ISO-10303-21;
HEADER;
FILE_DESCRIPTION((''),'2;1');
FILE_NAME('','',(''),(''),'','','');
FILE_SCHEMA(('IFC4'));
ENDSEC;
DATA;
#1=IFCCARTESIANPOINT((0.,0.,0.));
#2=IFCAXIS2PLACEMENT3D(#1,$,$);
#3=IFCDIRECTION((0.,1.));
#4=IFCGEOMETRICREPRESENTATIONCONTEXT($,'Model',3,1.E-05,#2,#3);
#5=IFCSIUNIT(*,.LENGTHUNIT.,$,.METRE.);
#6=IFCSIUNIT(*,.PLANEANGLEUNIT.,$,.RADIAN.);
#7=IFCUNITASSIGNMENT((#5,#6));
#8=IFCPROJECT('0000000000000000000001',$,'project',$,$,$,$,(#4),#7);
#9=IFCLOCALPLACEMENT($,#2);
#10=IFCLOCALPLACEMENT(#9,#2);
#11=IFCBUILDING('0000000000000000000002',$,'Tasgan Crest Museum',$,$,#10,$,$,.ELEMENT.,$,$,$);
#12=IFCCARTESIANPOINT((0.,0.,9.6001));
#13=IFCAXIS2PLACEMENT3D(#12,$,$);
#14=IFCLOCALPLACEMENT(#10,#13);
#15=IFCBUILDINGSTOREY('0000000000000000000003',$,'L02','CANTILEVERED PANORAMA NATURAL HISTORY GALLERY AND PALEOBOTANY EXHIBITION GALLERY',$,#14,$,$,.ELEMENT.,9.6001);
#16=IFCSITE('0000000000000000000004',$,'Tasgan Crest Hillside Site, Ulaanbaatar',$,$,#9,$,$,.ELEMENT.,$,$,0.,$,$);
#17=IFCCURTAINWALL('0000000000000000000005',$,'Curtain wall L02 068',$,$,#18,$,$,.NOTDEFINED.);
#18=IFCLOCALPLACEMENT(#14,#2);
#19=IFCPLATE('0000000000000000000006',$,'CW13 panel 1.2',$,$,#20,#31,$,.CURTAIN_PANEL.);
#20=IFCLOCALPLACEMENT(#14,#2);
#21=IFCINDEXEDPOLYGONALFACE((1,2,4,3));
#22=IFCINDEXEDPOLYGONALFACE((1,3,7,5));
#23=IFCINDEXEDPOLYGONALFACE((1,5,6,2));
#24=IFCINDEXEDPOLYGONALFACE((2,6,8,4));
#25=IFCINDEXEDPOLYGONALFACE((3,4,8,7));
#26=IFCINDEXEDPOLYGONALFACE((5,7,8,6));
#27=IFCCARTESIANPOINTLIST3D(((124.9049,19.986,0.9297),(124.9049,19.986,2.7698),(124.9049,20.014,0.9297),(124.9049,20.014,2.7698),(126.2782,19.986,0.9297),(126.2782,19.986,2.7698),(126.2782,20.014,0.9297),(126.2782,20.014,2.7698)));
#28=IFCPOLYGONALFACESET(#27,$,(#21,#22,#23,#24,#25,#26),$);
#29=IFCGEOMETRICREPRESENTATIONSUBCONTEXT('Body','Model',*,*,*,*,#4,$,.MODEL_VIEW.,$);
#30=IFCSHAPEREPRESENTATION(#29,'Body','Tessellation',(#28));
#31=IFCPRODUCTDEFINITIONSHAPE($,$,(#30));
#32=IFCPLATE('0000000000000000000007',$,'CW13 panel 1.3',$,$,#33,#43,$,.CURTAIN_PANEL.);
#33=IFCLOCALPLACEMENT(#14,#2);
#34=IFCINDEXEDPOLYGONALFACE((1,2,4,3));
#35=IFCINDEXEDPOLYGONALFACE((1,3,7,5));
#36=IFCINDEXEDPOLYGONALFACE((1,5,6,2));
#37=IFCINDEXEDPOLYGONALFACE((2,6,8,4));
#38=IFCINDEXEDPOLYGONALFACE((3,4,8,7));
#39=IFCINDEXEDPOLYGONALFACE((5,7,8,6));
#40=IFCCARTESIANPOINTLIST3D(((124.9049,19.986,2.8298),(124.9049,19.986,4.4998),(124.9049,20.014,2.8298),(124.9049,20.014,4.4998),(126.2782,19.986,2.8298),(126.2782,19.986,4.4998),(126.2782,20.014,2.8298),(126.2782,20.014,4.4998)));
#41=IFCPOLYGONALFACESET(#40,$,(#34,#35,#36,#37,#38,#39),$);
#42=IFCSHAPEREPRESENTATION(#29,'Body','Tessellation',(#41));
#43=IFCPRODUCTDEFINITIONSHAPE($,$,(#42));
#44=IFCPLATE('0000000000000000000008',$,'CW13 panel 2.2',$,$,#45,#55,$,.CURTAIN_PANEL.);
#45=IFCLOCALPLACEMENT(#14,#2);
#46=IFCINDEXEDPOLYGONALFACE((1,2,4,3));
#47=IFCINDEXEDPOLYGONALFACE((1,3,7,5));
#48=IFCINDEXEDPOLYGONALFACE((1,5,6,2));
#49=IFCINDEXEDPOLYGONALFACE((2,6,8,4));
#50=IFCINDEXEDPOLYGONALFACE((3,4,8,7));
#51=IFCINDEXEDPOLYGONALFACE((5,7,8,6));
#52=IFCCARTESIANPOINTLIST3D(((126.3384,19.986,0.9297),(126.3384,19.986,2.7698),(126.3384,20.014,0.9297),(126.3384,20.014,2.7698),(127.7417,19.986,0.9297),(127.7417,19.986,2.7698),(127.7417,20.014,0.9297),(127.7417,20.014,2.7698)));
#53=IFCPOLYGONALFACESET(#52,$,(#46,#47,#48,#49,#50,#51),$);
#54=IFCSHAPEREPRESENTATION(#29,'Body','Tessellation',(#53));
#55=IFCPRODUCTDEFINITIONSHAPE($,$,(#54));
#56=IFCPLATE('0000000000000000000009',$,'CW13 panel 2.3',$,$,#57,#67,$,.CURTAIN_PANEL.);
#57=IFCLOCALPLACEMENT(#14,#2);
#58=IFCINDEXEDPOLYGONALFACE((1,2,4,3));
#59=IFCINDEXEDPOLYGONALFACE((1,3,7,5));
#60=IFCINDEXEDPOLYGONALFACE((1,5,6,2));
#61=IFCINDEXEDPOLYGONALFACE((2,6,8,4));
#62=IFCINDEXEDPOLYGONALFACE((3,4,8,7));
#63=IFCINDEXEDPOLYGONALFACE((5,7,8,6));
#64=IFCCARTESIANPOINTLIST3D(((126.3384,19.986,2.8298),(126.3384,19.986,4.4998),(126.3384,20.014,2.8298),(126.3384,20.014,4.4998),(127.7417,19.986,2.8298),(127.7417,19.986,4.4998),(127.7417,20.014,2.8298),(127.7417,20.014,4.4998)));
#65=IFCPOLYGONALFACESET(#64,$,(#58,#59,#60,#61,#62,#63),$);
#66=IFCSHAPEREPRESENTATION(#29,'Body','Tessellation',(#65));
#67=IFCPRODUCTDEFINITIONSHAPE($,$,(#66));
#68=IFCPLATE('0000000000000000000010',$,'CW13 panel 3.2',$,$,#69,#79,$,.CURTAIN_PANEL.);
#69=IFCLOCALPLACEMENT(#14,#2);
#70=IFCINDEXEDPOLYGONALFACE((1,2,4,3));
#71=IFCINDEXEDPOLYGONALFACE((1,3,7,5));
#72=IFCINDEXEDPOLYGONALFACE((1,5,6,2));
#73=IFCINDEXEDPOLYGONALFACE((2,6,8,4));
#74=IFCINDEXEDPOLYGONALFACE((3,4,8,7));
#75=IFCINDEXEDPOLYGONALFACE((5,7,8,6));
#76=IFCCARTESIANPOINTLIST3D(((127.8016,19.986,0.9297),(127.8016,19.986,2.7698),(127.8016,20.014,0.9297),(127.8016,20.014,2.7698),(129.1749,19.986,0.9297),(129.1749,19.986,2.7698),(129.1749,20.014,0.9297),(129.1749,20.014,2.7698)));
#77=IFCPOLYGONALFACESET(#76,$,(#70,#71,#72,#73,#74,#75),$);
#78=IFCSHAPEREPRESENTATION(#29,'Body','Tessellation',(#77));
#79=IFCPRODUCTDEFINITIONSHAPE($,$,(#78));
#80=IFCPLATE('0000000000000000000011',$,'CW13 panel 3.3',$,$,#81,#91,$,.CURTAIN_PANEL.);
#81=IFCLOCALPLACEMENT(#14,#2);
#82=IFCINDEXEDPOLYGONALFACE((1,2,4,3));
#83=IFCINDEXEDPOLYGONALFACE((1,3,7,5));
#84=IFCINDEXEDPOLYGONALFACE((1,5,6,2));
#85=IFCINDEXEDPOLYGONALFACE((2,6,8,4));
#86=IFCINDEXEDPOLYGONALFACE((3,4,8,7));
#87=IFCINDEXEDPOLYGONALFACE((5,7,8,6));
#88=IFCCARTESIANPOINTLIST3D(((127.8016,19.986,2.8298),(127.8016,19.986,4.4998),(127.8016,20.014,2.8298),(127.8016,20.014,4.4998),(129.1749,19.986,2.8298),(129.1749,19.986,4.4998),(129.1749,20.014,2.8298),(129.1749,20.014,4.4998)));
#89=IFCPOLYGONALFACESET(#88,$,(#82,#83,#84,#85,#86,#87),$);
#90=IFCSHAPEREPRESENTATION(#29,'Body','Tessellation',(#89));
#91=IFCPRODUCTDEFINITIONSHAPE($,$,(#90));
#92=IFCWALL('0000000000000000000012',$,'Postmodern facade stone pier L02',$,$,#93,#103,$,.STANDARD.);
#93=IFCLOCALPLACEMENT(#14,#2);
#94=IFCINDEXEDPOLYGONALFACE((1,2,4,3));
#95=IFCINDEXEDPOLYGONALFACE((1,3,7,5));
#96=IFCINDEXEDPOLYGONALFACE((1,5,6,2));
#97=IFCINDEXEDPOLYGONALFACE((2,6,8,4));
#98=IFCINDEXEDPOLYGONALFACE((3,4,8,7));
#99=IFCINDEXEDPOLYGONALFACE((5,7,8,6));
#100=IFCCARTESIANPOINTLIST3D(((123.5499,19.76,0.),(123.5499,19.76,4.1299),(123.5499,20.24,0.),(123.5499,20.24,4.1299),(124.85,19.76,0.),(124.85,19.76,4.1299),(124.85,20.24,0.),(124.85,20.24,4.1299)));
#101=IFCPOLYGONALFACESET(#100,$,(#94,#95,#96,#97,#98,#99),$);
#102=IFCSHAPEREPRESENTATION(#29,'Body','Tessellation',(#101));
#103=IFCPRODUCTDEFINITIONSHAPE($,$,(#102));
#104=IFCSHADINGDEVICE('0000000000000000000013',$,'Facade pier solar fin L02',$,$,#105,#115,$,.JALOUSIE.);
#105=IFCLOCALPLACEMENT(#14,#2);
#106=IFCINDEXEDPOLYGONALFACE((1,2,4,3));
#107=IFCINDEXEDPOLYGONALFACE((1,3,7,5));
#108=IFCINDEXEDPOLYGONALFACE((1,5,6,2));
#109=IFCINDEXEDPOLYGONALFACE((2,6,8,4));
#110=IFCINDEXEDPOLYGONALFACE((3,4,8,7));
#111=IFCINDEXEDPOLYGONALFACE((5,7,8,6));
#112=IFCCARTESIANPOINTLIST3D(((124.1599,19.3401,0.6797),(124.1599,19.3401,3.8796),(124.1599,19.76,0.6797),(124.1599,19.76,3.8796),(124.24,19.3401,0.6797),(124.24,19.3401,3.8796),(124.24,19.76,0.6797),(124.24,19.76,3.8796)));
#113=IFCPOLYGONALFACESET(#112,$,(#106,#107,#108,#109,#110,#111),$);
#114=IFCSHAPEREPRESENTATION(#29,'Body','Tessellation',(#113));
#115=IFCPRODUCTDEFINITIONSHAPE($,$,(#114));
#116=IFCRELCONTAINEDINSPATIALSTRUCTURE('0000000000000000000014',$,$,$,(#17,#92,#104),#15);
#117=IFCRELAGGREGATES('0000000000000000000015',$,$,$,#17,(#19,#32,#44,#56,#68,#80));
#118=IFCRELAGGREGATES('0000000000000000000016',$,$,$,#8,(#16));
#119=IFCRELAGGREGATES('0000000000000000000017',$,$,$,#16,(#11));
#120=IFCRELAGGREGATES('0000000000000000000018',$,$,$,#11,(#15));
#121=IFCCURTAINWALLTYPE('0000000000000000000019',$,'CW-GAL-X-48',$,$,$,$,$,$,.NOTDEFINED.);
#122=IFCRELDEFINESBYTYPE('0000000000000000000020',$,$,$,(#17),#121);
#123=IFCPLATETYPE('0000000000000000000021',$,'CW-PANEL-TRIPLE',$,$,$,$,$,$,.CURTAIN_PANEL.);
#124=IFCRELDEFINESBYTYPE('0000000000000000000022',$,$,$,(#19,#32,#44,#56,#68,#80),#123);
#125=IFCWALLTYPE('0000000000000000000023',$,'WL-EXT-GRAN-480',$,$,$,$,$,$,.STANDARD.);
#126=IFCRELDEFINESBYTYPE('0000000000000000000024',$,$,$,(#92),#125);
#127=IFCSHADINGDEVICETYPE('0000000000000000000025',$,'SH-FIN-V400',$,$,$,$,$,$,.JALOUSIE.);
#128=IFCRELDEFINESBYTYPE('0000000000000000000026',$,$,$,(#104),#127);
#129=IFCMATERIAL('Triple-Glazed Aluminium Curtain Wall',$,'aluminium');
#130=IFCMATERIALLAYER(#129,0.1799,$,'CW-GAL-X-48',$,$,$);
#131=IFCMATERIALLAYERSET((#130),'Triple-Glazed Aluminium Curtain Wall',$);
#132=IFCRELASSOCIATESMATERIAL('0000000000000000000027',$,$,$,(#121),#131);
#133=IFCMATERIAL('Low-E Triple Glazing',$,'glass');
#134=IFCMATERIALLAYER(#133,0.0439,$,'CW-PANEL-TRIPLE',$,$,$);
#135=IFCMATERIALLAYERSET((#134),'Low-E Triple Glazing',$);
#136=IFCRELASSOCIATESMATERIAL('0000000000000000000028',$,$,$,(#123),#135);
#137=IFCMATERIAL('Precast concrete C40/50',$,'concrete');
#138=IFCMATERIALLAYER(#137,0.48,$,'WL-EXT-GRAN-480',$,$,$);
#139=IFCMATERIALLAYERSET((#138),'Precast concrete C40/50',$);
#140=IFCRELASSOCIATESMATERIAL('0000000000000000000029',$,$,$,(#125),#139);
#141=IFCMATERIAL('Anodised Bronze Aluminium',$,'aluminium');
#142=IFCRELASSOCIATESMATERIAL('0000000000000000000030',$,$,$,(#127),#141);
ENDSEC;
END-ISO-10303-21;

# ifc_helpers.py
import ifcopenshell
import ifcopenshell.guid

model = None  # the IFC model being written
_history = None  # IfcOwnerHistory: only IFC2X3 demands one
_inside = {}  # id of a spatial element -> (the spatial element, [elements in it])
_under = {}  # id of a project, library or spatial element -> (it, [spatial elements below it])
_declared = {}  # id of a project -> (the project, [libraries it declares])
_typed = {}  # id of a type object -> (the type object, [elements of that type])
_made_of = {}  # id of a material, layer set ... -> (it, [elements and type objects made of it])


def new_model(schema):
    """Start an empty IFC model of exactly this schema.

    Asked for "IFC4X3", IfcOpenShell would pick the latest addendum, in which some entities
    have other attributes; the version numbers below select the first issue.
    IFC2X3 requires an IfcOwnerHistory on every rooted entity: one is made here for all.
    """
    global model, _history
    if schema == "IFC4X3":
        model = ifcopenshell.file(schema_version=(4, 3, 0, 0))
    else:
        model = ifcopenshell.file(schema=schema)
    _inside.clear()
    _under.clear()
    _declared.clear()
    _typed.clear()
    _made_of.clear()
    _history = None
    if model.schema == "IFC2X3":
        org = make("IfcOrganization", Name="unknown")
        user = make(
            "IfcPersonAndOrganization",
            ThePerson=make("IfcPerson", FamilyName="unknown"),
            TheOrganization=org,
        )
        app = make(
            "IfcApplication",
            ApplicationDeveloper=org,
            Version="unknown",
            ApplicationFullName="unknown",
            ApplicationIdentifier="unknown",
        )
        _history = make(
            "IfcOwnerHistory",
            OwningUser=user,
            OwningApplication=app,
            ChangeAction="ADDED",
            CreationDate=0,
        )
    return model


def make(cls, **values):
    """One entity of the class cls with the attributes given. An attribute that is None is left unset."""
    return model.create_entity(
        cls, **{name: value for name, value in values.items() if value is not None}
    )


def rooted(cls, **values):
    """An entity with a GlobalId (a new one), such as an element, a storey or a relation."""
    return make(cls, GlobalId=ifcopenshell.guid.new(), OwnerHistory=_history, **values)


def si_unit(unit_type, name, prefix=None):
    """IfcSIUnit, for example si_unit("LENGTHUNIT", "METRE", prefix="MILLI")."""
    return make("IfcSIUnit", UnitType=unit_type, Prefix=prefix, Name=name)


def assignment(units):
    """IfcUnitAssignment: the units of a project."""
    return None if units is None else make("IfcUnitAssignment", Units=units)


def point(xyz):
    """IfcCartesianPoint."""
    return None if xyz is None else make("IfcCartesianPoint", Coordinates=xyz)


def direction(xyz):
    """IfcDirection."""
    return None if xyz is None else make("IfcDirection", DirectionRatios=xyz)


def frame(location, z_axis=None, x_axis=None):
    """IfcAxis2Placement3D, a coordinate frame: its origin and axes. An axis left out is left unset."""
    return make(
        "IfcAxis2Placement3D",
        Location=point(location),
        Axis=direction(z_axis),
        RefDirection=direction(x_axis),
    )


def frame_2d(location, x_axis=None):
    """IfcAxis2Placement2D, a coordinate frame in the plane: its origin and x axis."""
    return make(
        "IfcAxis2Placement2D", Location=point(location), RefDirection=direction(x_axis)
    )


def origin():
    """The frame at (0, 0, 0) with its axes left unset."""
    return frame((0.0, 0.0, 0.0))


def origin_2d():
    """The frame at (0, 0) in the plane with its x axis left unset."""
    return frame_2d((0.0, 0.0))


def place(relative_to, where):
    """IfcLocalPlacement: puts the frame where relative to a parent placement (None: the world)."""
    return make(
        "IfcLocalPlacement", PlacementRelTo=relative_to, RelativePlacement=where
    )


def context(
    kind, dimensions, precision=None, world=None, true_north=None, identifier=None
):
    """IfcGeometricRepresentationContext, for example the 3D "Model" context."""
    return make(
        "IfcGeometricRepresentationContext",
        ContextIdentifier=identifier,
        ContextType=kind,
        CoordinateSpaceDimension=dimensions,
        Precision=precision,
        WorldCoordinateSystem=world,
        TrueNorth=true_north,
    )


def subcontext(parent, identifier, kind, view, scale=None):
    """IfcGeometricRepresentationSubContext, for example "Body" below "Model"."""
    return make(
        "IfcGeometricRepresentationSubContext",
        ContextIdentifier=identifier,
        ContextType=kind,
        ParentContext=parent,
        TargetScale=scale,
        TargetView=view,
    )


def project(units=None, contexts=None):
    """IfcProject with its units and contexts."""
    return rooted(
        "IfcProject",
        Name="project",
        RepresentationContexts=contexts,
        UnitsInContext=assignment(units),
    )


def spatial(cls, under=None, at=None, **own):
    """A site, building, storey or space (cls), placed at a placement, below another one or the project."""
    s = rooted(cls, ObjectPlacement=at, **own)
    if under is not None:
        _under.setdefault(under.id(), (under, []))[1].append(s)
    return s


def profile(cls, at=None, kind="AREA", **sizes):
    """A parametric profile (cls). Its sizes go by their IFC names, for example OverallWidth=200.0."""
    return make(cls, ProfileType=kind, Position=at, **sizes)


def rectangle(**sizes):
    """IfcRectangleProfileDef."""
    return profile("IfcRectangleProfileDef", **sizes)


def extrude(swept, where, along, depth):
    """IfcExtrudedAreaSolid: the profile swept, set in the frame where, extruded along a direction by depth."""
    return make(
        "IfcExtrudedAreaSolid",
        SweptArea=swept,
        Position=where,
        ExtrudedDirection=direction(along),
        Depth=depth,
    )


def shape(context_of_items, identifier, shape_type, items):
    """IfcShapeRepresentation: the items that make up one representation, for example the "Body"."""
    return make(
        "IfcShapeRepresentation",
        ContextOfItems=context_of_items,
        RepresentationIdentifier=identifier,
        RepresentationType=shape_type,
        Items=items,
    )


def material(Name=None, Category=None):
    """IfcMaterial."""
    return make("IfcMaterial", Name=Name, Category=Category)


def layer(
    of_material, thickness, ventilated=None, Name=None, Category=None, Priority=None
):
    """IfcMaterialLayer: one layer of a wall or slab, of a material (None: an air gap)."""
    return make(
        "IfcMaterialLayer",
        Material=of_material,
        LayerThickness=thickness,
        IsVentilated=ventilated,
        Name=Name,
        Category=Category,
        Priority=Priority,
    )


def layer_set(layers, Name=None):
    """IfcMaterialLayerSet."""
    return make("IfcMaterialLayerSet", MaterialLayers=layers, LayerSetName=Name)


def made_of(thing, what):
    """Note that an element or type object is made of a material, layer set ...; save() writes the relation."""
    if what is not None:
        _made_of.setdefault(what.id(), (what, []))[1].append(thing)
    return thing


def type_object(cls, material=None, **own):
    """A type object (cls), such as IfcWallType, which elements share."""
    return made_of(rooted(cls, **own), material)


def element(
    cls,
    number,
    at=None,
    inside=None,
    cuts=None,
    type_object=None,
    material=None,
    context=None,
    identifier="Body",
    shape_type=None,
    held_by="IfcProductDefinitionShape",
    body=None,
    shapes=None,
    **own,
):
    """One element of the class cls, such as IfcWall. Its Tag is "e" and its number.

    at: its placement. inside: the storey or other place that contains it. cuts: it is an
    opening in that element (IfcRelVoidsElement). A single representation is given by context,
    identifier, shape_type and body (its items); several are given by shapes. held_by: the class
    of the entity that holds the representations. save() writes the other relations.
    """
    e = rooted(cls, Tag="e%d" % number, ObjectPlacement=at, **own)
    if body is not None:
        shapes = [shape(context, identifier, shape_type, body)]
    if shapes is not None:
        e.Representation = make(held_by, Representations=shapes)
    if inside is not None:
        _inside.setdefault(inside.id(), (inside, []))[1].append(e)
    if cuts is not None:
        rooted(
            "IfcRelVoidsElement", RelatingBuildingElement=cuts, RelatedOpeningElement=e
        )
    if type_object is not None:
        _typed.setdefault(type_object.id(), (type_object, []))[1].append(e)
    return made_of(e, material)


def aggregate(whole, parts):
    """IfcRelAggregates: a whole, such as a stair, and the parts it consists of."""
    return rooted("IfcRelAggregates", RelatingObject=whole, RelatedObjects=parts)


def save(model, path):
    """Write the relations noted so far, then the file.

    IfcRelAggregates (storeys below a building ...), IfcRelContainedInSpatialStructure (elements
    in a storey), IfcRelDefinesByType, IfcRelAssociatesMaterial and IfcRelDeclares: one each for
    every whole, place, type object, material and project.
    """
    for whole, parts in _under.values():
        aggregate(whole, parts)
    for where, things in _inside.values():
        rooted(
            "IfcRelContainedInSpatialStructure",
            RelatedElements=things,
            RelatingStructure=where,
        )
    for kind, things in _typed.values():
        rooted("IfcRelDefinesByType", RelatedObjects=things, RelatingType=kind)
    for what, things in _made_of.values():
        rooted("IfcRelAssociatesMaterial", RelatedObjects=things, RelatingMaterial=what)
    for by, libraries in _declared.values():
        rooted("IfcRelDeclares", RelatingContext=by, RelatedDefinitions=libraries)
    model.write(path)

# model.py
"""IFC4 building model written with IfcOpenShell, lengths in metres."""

from ifc_helpers import new_model, si_unit, direction, frame, frame_2d, origin, origin_2d, place, context, subcontext, project, spatial, rectangle, extrude, material, layer, layer_set, type_object, element, aggregate, save


model = new_model("IFC4")

# Units and contexts
model_context = context("Model", 3, precision=1e-05, world=origin(), true_north=direction((0.0, 1.0)))
body_context = subcontext(model_context, "Body", "Model", "MODEL_VIEW")
ifc_project = project(units=[si_unit("LENGTHUNIT", "METRE"), si_unit("PLANEANGLEUNIT", "RADIAN")], contexts=[model_context])

# Site, building, storey
site_placement = place(None, origin())
site = spatial("IfcSite", under=ifc_project, at=site_placement, Name="Tasgan Crest Hillside Site, Ulaanbaatar", CompositionType="ELEMENT", RefElevation=0.0)
building_placement = place(site_placement, origin())
building = spatial("IfcBuilding", under=site, at=building_placement, Name="Tasgan Crest Museum", CompositionType="ELEMENT")
storey_placement = place(building_placement, frame((0.0, 0.0, 9.6001)))
storey = spatial("IfcBuildingStorey", under=building, at=storey_placement, Name="L02", Description="CANTILEVERED PANORAMA NATURAL HISTORY GALLERY AND PALEOBOTANY EXHIBITION GALLERY", CompositionType="ELEMENT", Elevation=9.6001)

# Curtain wall
ifc_material_1 = material(Name="Triple-Glazed Aluminium Curtain Wall", Category="aluminium")
ifc_layer_1 = layer(ifc_material_1, 0.1799, Name="CW-GAL-X-48")
ifc_layer_set_1 = layer_set([ifc_layer_1], Name="Triple-Glazed Aluminium Curtain Wall")
curtain_wall_type = type_object("IfcCurtainWallType", Name="CW-GAL-X-48", PredefinedType="NOTDEFINED", material=ifc_layer_set_1)
curtain_wall_1_placement = place(storey_placement, origin())
curtain_wall_1 = element("IfcCurtainWall", 1, at=curtain_wall_1_placement, inside=storey, type_object=curtain_wall_type, Name="Curtain wall L02 068", PredefinedType="NOTDEFINED")

# Plates
ifc_material_2 = material(Name="Low-E Triple Glazing", Category="glass")
ifc_layer_2 = layer(ifc_material_2, 0.0439, Name="CW-PANEL-TRIPLE")
ifc_layer_set_2 = layer_set([ifc_layer_2], Name="Low-E Triple Glazing")
plate_type_1 = type_object("IfcPlateType", Name="CW-PANEL-TRIPLE", PredefinedType="CURTAIN_PANEL", material=ifc_layer_set_2)
plate_1_placement = place(storey_placement, frame((125.5916, 20.0, 0.9297), z_axis=(0.0, 0.0, 1.0), x_axis=(1.0, 0.0, 0.0)))
plate_1 = element("IfcPlate", 2, at=plate_1_placement, type_object=plate_type_1, Name="CW13 panel 1.2", PredefinedType="CURTAIN_PANEL", context=body_context, shape_type="SweptSolid", body=[
    extrude(rectangle(XDim=1.3733, YDim=0.0281, at=origin_2d()), origin(), (0.0, 0.0, 1.0), 1.8401),
])
plate_2_placement = place(storey_placement, frame((125.5916, 20.0, 2.8298), z_axis=(0.0, 0.0, 1.0), x_axis=(1.0, 0.0, 0.0)))
plate_2 = element("IfcPlate", 3, at=plate_2_placement, type_object=plate_type_1, Name="CW13 panel 1.3", PredefinedType="CURTAIN_PANEL", context=body_context, shape_type="SweptSolid", body=[
    extrude(rectangle(XDim=1.3733, YDim=0.0281, at=origin_2d()), origin(), (0.0, 0.0, 1.0), 1.6699),
])
plate_3_placement = place(storey_placement, frame((127.04, 20.0, 0.9297), z_axis=(0.0, 0.0, 1.0), x_axis=(1.0, 0.0, 0.0)))
plate_3 = element("IfcPlate", 4, at=plate_3_placement, type_object=plate_type_1, Name="CW13 panel 2.2", PredefinedType="CURTAIN_PANEL", context=body_context, shape_type="SweptSolid", body=[
    extrude(rectangle(XDim=1.4033, YDim=0.0281, at=origin_2d()), origin(), (0.0, 0.0, 1.0), 1.8401),
])
plate_4_placement = place(storey_placement, frame((127.04, 20.0, 2.8298), z_axis=(0.0, 0.0, 1.0), x_axis=(1.0, 0.0, 0.0)))
plate_4 = element("IfcPlate", 5, at=plate_4_placement, type_object=plate_type_1, Name="CW13 panel 2.3", PredefinedType="CURTAIN_PANEL", context=body_context, shape_type="SweptSolid", body=[
    extrude(rectangle(XDim=1.4033, YDim=0.0281, at=origin_2d()), origin(), (0.0, 0.0, 1.0), 1.6699),
])
plate_5_placement = place(storey_placement, frame((128.4883, 20.0, 0.9297), z_axis=(0.0, 0.0, 1.0), x_axis=(1.0, 0.0, 0.0)))
plate_5 = element("IfcPlate", 6, at=plate_5_placement, type_object=plate_type_1, Name="CW13 panel 3.2", PredefinedType="CURTAIN_PANEL", context=body_context, shape_type="SweptSolid", body=[
    extrude(rectangle(XDim=1.3733, YDim=0.0281, at=origin_2d()), origin(), (0.0, 0.0, 1.0), 1.8401),
])
plate_6_placement = place(storey_placement, frame((128.4883, 20.0, 2.8298), z_axis=(0.0, 0.0, 1.0), x_axis=(1.0, 0.0, 0.0)))
plate_6 = element("IfcPlate", 7, at=plate_6_placement, type_object=plate_type_1, Name="CW13 panel 3.3", PredefinedType="CURTAIN_PANEL", context=body_context, shape_type="SweptSolid", body=[
    extrude(rectangle(XDim=1.3733, YDim=0.0281, at=origin_2d()), origin(), (0.0, 0.0, 1.0), 1.6699),
])
aggregate(curtain_wall_1, [plate_1, plate_2, plate_3, plate_4, plate_5, plate_6])

# Wall
ifc_material_3 = material(Name="Precast concrete C40/50", Category="concrete")
ifc_layer_3 = layer(ifc_material_3, 0.48, Name="WL-EXT-GRAN-480")
ifc_layer_set_3 = layer_set([ifc_layer_3], Name="Precast concrete C40/50")
wall_type = type_object("IfcWallType", Name="WL-EXT-GRAN-480", PredefinedType="STANDARD", material=ifc_layer_set_3)
wall_placement = place(storey_placement, frame((123.55, 20.0, 0.0), z_axis=(0.0, 0.0, 1.0), x_axis=(1.0, 0.0, 0.0)))
element("IfcWall", 8, at=wall_placement, inside=storey, type_object=wall_type, Name="Postmodern facade stone pier L02", PredefinedType="STANDARD", context=body_context, shape_type="SweptSolid", body=[
    extrude(rectangle(XDim=1.3, YDim=0.48, at=frame_2d((0.6499, 0.0))), origin(), (0.0, 0.0, 1.0), 4.1299),
])

# Shading device
ifc_material_4 = material(Name="Anodised Bronze Aluminium", Category="aluminium")
shading_device_type = type_object("IfcShadingDeviceType", Name="SH-FIN-V400", PredefinedType="JALOUSIE", material=ifc_material_4)
shading_device_placement = place(storey_placement, frame((124.2, 19.55, 0.6797), z_axis=(0.0, 0.0, 1.0), x_axis=(1.0, 0.0, 0.0)))
element("IfcShadingDevice", 9, at=shading_device_placement, inside=storey, type_object=shading_device_type, Name="Facade pier solar fin L02", PredefinedType="JALOUSIE", context=body_context, shape_type="SweptSolid", body=[
    extrude(rectangle(XDim=0.0801, YDim=0.4199, at=origin_2d()), origin(), (0.0, 0.0, 1.0), 3.2),
])

save(model, "model.ifc")
